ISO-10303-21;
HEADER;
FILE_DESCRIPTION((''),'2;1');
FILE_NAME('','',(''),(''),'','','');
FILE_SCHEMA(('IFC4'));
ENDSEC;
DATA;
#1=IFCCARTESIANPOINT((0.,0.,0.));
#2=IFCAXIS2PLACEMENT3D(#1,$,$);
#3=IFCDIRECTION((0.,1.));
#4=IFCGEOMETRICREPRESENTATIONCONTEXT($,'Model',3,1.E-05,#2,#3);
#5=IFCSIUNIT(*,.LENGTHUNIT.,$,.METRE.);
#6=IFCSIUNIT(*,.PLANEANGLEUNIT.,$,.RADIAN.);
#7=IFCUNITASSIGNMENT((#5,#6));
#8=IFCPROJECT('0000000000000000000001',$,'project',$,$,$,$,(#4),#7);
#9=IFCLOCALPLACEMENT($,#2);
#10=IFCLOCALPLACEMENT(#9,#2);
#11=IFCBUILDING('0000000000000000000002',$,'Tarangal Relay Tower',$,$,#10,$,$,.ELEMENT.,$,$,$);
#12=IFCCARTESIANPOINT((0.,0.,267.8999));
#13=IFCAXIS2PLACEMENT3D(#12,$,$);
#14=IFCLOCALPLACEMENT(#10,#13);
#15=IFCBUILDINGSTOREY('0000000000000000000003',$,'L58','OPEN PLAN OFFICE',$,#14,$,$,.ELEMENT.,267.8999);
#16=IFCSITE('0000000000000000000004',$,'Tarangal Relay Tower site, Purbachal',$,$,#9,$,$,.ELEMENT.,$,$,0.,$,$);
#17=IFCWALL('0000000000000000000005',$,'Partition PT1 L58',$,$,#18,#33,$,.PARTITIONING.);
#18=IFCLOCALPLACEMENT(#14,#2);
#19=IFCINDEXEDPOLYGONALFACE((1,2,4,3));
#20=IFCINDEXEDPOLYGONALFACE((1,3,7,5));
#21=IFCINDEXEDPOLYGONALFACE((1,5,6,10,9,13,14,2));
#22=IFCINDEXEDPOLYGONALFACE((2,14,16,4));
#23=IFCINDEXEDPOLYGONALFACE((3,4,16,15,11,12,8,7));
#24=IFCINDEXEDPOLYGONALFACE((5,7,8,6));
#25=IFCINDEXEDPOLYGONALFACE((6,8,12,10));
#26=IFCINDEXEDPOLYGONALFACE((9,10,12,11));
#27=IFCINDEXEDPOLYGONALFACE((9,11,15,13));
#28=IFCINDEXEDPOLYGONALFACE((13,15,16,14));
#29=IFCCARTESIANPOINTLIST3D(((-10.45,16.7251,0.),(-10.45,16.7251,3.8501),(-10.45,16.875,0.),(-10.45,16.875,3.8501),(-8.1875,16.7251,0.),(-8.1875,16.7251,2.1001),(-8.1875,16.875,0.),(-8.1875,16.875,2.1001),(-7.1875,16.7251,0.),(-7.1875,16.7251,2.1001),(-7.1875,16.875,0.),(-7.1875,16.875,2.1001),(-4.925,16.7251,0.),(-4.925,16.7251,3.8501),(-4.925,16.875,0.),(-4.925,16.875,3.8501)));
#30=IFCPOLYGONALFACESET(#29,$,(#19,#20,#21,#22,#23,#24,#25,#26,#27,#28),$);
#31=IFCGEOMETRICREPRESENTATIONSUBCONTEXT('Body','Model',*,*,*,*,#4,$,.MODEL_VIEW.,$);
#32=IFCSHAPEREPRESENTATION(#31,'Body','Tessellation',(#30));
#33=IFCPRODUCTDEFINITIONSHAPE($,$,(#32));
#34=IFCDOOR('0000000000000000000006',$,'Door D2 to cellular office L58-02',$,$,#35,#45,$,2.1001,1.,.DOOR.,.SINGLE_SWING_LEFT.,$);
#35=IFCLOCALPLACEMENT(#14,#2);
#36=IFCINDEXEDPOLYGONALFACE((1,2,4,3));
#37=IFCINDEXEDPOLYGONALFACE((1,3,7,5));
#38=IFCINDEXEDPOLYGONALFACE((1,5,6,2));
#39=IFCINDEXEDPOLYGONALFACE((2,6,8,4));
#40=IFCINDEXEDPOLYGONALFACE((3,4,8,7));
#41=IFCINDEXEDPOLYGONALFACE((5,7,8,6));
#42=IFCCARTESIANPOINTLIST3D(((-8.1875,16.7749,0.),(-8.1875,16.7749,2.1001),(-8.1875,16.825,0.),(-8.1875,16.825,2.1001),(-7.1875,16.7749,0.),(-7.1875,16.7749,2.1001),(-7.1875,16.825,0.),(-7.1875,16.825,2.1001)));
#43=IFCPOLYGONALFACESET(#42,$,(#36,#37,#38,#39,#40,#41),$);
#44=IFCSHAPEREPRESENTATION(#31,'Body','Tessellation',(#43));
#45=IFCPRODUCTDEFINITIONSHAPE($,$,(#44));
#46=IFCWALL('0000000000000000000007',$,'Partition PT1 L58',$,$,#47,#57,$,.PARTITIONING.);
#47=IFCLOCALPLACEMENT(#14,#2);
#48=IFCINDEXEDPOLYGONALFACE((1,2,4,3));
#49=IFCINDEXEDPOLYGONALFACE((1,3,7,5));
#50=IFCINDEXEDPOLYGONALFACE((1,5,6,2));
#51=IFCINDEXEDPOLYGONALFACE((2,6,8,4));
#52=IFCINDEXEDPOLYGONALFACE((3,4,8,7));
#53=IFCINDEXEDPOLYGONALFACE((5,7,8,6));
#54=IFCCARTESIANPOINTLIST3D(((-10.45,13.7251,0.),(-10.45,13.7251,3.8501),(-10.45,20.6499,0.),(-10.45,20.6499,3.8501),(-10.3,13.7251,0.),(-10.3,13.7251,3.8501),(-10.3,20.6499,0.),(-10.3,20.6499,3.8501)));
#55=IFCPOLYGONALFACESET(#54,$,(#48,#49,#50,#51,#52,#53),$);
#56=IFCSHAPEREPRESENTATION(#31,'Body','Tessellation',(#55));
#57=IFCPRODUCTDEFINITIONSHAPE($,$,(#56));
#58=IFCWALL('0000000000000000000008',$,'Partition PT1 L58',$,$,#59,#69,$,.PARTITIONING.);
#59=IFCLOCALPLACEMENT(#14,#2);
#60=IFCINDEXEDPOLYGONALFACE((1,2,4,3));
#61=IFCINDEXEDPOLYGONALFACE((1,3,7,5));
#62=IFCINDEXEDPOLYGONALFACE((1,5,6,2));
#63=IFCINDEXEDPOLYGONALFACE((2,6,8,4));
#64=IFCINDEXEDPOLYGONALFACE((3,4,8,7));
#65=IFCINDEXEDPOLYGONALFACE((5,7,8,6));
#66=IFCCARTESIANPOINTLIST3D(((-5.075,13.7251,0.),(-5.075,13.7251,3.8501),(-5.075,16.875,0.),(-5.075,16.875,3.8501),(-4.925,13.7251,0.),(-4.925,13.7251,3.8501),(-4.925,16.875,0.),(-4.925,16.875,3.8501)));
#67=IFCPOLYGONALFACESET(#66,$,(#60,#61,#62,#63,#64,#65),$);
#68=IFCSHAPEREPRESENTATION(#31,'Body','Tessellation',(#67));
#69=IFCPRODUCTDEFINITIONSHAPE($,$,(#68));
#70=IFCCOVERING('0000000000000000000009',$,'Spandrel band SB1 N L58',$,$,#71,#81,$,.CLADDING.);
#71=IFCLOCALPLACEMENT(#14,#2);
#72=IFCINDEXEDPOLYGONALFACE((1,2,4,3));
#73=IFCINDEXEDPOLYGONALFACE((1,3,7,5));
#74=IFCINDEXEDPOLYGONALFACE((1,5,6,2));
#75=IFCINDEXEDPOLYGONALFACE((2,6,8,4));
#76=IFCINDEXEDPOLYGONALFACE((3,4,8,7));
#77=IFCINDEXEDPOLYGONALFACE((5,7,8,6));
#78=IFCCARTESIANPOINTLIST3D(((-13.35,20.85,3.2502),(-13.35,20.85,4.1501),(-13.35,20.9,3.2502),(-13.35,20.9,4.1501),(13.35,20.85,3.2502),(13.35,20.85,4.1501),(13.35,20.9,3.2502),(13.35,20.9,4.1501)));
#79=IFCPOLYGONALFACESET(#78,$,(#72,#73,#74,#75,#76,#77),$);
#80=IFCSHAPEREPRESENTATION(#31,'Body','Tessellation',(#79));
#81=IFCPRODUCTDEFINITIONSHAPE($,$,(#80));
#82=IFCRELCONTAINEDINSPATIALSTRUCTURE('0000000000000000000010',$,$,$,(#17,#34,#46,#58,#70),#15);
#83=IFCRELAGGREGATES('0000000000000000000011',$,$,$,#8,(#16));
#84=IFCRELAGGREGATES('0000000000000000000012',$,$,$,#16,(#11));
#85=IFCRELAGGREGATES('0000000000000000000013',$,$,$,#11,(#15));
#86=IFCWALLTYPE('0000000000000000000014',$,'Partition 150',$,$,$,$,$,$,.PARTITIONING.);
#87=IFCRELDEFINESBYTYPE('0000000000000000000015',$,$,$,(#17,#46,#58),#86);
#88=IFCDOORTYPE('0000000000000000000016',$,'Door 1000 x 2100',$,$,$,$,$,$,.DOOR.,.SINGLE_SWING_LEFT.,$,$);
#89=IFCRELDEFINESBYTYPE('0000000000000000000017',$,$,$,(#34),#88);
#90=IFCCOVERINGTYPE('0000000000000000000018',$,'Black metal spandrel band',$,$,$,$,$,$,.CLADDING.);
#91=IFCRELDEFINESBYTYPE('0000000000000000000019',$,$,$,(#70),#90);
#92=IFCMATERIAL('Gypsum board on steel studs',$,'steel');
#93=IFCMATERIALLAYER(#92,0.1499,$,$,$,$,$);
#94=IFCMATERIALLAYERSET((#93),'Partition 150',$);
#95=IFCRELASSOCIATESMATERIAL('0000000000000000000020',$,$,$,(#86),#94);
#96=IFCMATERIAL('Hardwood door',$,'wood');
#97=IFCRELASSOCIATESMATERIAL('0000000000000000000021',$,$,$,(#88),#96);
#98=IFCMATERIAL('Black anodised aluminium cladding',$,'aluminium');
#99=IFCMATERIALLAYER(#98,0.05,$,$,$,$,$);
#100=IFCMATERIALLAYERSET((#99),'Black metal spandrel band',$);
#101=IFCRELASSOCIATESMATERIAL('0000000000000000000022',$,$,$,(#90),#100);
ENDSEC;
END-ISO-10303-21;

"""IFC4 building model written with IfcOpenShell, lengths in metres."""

from ifc_helpers import new_model, si_unit, direction, frame, frame_2d, origin, origin_2d, place, context, subcontext, project, spatial, rectangle, extrude, material, layer, layer_set, type_object, element, fill, save


model = new_model("IFC4")

# Units and contexts
model_context = context("Model", 3, precision=1e-05, world=origin(), true_north=direction((0.0, 1.0)))
body_context = subcontext(model_context, "Body", "Model", "MODEL_VIEW")
ifc_project = project(units=[si_unit("LENGTHUNIT", "METRE"), si_unit("PLANEANGLEUNIT", "RADIAN")], contexts=[model_context])

# Site, building, storey
site_placement = place(None, origin())
site = spatial("IfcSite", under=ifc_project, at=site_placement, Name="Tarangal Relay Tower site, Purbachal", CompositionType="ELEMENT", RefElevation=0.0)
building_placement = place(site_placement, origin())
building = spatial("IfcBuilding", under=site, at=building_placement, Name="Tarangal Relay Tower", CompositionType="ELEMENT")
storey_placement = place(building_placement, frame((0.0, 0.0, 267.8999)))
storey = spatial("IfcBuildingStorey", under=building, at=storey_placement, Name="L58", Description="OPEN PLAN OFFICE", CompositionType="ELEMENT", Elevation=267.8999)

# Wall, opening, door
ifc_material_1 = material(Name="Gypsum board on steel studs", Category="steel")
ifc_layer_1 = layer(ifc_material_1, 0.1499)
ifc_layer_set_1 = layer_set([ifc_layer_1], Name="Partition 150")
wall_type_1 = type_object("IfcWallType", Name="Partition 150", PredefinedType="PARTITIONING", material=ifc_layer_set_1)
wall_1_placement = place(storey_placement, frame((-10.45, 16.8, 0.0), z_axis=(0.0, 0.0, 1.0), x_axis=(1.0, 0.0, 0.0)))
wall_1 = element("IfcWall", 1, at=wall_1_placement, inside=storey, type_object=wall_type_1, Name="Partition PT1 L58", PredefinedType="PARTITIONING", context=body_context, shape_type="SweptSolid", body=[
    extrude(rectangle(XDim=5.5249, YDim=0.1499, at=frame_2d((2.7625, 0.0))), origin(), (0.0, 0.0, 1.0), 3.8501),
])
opening_1_placement = place(wall_1_placement, frame((2.2625, 0.0, 0.0)))
opening_1 = element("IfcOpeningElement", 2, at=opening_1_placement, cuts=wall_1, PredefinedType="OPENING", context=body_context, shape_type="SweptSolid", body=[
    extrude(rectangle(XDim=1.0, YDim=2.1001, at=frame_2d((0.5, 1.05))), frame((0.0, 0.085, 0.0), z_axis=(0.0, -1.0, 0.0), x_axis=(1.0, 0.0, 0.0)), (0.0, 0.0, 1.0), 0.1699),
])
ifc_material_2 = material(Name="Hardwood door", Category="wood")
door_type_1 = type_object("IfcDoorType", Name="Door 1000 x 2100", OperationType="SINGLE_SWING_LEFT", PredefinedType="DOOR", material=ifc_material_2)
door_1_placement = place(opening_1_placement, origin())
door_1 = element("IfcDoor", 3, at=door_1_placement, inside=storey, type_object=door_type_1, Name="Door D2 to cellular office L58-02", OperationType="SINGLE_SWING_LEFT", OverallHeight=2.1001, OverallWidth=1.0, PredefinedType="DOOR", context=body_context, shape_type="SweptSolid", body=[
    extrude(rectangle(XDim=1.0, YDim=2.1001, at=frame_2d((0.5, 1.05))), frame((0.0, 0.0249, 0.0), z_axis=(0.0, -1.0, 0.0), x_axis=(1.0, 0.0, 0.0)), (0.0, 0.0, 1.0), 0.05),
])
fill(opening_1, door_1)

# Walls
wall_2_placement = place(storey_placement, frame((-10.375, 13.7251, 0.0), z_axis=(0.0, 0.0, 1.0), x_axis=(0.0, 1.0, 0.0)))
element("IfcWall", 4, at=wall_2_placement, inside=storey, type_object=wall_type_1, Name="Partition PT1 L58", PredefinedType="PARTITIONING", context=body_context, shape_type="SweptSolid", body=[
    extrude(rectangle(XDim=6.9248, YDim=0.1499, at=frame_2d((3.4624, 0.0))), origin(), (0.0, 0.0, 1.0), 3.8501),
])
wall_3_placement = place(storey_placement, frame((-5.0, 13.7251, 0.0), z_axis=(0.0, 0.0, 1.0), x_axis=(0.0, 1.0, 0.0)))
element("IfcWall", 5, at=wall_3_placement, inside=storey, type_object=wall_type_1, Name="Partition PT1 L58", PredefinedType="PARTITIONING", context=body_context, shape_type="SweptSolid", body=[
    extrude(rectangle(XDim=3.1499, YDim=0.1499, at=frame_2d((1.575, 0.0))), origin(), (0.0, 0.0, 1.0), 3.8501),
])

# Covering
ifc_material_3 = material(Name="Black anodised aluminium cladding", Category="aluminium")
ifc_layer_2 = layer(ifc_material_3, 0.05)
ifc_layer_set_2 = layer_set([ifc_layer_2], Name="Black metal spandrel band")
covering_type = type_object("IfcCoveringType", Name="Black metal spandrel band", PredefinedType="CLADDING", material=ifc_layer_set_2)
covering_placement = place(storey_placement, frame((0.0, 20.875, 3.2502), z_axis=(0.0, 0.0, 1.0), x_axis=(1.0, 0.0, 0.0)))
element("IfcCovering", 6, at=covering_placement, inside=storey, type_object=covering_type, Name="Spandrel band SB1 N L58", PredefinedType="CLADDING", context=body_context, shape_type="SweptSolid", body=[
    extrude(rectangle(XDim=26.7, YDim=0.05, at=origin_2d()), origin(), (0.0, 0.0, 1.0), 0.8999),
])

save(model, "model.ifc")
